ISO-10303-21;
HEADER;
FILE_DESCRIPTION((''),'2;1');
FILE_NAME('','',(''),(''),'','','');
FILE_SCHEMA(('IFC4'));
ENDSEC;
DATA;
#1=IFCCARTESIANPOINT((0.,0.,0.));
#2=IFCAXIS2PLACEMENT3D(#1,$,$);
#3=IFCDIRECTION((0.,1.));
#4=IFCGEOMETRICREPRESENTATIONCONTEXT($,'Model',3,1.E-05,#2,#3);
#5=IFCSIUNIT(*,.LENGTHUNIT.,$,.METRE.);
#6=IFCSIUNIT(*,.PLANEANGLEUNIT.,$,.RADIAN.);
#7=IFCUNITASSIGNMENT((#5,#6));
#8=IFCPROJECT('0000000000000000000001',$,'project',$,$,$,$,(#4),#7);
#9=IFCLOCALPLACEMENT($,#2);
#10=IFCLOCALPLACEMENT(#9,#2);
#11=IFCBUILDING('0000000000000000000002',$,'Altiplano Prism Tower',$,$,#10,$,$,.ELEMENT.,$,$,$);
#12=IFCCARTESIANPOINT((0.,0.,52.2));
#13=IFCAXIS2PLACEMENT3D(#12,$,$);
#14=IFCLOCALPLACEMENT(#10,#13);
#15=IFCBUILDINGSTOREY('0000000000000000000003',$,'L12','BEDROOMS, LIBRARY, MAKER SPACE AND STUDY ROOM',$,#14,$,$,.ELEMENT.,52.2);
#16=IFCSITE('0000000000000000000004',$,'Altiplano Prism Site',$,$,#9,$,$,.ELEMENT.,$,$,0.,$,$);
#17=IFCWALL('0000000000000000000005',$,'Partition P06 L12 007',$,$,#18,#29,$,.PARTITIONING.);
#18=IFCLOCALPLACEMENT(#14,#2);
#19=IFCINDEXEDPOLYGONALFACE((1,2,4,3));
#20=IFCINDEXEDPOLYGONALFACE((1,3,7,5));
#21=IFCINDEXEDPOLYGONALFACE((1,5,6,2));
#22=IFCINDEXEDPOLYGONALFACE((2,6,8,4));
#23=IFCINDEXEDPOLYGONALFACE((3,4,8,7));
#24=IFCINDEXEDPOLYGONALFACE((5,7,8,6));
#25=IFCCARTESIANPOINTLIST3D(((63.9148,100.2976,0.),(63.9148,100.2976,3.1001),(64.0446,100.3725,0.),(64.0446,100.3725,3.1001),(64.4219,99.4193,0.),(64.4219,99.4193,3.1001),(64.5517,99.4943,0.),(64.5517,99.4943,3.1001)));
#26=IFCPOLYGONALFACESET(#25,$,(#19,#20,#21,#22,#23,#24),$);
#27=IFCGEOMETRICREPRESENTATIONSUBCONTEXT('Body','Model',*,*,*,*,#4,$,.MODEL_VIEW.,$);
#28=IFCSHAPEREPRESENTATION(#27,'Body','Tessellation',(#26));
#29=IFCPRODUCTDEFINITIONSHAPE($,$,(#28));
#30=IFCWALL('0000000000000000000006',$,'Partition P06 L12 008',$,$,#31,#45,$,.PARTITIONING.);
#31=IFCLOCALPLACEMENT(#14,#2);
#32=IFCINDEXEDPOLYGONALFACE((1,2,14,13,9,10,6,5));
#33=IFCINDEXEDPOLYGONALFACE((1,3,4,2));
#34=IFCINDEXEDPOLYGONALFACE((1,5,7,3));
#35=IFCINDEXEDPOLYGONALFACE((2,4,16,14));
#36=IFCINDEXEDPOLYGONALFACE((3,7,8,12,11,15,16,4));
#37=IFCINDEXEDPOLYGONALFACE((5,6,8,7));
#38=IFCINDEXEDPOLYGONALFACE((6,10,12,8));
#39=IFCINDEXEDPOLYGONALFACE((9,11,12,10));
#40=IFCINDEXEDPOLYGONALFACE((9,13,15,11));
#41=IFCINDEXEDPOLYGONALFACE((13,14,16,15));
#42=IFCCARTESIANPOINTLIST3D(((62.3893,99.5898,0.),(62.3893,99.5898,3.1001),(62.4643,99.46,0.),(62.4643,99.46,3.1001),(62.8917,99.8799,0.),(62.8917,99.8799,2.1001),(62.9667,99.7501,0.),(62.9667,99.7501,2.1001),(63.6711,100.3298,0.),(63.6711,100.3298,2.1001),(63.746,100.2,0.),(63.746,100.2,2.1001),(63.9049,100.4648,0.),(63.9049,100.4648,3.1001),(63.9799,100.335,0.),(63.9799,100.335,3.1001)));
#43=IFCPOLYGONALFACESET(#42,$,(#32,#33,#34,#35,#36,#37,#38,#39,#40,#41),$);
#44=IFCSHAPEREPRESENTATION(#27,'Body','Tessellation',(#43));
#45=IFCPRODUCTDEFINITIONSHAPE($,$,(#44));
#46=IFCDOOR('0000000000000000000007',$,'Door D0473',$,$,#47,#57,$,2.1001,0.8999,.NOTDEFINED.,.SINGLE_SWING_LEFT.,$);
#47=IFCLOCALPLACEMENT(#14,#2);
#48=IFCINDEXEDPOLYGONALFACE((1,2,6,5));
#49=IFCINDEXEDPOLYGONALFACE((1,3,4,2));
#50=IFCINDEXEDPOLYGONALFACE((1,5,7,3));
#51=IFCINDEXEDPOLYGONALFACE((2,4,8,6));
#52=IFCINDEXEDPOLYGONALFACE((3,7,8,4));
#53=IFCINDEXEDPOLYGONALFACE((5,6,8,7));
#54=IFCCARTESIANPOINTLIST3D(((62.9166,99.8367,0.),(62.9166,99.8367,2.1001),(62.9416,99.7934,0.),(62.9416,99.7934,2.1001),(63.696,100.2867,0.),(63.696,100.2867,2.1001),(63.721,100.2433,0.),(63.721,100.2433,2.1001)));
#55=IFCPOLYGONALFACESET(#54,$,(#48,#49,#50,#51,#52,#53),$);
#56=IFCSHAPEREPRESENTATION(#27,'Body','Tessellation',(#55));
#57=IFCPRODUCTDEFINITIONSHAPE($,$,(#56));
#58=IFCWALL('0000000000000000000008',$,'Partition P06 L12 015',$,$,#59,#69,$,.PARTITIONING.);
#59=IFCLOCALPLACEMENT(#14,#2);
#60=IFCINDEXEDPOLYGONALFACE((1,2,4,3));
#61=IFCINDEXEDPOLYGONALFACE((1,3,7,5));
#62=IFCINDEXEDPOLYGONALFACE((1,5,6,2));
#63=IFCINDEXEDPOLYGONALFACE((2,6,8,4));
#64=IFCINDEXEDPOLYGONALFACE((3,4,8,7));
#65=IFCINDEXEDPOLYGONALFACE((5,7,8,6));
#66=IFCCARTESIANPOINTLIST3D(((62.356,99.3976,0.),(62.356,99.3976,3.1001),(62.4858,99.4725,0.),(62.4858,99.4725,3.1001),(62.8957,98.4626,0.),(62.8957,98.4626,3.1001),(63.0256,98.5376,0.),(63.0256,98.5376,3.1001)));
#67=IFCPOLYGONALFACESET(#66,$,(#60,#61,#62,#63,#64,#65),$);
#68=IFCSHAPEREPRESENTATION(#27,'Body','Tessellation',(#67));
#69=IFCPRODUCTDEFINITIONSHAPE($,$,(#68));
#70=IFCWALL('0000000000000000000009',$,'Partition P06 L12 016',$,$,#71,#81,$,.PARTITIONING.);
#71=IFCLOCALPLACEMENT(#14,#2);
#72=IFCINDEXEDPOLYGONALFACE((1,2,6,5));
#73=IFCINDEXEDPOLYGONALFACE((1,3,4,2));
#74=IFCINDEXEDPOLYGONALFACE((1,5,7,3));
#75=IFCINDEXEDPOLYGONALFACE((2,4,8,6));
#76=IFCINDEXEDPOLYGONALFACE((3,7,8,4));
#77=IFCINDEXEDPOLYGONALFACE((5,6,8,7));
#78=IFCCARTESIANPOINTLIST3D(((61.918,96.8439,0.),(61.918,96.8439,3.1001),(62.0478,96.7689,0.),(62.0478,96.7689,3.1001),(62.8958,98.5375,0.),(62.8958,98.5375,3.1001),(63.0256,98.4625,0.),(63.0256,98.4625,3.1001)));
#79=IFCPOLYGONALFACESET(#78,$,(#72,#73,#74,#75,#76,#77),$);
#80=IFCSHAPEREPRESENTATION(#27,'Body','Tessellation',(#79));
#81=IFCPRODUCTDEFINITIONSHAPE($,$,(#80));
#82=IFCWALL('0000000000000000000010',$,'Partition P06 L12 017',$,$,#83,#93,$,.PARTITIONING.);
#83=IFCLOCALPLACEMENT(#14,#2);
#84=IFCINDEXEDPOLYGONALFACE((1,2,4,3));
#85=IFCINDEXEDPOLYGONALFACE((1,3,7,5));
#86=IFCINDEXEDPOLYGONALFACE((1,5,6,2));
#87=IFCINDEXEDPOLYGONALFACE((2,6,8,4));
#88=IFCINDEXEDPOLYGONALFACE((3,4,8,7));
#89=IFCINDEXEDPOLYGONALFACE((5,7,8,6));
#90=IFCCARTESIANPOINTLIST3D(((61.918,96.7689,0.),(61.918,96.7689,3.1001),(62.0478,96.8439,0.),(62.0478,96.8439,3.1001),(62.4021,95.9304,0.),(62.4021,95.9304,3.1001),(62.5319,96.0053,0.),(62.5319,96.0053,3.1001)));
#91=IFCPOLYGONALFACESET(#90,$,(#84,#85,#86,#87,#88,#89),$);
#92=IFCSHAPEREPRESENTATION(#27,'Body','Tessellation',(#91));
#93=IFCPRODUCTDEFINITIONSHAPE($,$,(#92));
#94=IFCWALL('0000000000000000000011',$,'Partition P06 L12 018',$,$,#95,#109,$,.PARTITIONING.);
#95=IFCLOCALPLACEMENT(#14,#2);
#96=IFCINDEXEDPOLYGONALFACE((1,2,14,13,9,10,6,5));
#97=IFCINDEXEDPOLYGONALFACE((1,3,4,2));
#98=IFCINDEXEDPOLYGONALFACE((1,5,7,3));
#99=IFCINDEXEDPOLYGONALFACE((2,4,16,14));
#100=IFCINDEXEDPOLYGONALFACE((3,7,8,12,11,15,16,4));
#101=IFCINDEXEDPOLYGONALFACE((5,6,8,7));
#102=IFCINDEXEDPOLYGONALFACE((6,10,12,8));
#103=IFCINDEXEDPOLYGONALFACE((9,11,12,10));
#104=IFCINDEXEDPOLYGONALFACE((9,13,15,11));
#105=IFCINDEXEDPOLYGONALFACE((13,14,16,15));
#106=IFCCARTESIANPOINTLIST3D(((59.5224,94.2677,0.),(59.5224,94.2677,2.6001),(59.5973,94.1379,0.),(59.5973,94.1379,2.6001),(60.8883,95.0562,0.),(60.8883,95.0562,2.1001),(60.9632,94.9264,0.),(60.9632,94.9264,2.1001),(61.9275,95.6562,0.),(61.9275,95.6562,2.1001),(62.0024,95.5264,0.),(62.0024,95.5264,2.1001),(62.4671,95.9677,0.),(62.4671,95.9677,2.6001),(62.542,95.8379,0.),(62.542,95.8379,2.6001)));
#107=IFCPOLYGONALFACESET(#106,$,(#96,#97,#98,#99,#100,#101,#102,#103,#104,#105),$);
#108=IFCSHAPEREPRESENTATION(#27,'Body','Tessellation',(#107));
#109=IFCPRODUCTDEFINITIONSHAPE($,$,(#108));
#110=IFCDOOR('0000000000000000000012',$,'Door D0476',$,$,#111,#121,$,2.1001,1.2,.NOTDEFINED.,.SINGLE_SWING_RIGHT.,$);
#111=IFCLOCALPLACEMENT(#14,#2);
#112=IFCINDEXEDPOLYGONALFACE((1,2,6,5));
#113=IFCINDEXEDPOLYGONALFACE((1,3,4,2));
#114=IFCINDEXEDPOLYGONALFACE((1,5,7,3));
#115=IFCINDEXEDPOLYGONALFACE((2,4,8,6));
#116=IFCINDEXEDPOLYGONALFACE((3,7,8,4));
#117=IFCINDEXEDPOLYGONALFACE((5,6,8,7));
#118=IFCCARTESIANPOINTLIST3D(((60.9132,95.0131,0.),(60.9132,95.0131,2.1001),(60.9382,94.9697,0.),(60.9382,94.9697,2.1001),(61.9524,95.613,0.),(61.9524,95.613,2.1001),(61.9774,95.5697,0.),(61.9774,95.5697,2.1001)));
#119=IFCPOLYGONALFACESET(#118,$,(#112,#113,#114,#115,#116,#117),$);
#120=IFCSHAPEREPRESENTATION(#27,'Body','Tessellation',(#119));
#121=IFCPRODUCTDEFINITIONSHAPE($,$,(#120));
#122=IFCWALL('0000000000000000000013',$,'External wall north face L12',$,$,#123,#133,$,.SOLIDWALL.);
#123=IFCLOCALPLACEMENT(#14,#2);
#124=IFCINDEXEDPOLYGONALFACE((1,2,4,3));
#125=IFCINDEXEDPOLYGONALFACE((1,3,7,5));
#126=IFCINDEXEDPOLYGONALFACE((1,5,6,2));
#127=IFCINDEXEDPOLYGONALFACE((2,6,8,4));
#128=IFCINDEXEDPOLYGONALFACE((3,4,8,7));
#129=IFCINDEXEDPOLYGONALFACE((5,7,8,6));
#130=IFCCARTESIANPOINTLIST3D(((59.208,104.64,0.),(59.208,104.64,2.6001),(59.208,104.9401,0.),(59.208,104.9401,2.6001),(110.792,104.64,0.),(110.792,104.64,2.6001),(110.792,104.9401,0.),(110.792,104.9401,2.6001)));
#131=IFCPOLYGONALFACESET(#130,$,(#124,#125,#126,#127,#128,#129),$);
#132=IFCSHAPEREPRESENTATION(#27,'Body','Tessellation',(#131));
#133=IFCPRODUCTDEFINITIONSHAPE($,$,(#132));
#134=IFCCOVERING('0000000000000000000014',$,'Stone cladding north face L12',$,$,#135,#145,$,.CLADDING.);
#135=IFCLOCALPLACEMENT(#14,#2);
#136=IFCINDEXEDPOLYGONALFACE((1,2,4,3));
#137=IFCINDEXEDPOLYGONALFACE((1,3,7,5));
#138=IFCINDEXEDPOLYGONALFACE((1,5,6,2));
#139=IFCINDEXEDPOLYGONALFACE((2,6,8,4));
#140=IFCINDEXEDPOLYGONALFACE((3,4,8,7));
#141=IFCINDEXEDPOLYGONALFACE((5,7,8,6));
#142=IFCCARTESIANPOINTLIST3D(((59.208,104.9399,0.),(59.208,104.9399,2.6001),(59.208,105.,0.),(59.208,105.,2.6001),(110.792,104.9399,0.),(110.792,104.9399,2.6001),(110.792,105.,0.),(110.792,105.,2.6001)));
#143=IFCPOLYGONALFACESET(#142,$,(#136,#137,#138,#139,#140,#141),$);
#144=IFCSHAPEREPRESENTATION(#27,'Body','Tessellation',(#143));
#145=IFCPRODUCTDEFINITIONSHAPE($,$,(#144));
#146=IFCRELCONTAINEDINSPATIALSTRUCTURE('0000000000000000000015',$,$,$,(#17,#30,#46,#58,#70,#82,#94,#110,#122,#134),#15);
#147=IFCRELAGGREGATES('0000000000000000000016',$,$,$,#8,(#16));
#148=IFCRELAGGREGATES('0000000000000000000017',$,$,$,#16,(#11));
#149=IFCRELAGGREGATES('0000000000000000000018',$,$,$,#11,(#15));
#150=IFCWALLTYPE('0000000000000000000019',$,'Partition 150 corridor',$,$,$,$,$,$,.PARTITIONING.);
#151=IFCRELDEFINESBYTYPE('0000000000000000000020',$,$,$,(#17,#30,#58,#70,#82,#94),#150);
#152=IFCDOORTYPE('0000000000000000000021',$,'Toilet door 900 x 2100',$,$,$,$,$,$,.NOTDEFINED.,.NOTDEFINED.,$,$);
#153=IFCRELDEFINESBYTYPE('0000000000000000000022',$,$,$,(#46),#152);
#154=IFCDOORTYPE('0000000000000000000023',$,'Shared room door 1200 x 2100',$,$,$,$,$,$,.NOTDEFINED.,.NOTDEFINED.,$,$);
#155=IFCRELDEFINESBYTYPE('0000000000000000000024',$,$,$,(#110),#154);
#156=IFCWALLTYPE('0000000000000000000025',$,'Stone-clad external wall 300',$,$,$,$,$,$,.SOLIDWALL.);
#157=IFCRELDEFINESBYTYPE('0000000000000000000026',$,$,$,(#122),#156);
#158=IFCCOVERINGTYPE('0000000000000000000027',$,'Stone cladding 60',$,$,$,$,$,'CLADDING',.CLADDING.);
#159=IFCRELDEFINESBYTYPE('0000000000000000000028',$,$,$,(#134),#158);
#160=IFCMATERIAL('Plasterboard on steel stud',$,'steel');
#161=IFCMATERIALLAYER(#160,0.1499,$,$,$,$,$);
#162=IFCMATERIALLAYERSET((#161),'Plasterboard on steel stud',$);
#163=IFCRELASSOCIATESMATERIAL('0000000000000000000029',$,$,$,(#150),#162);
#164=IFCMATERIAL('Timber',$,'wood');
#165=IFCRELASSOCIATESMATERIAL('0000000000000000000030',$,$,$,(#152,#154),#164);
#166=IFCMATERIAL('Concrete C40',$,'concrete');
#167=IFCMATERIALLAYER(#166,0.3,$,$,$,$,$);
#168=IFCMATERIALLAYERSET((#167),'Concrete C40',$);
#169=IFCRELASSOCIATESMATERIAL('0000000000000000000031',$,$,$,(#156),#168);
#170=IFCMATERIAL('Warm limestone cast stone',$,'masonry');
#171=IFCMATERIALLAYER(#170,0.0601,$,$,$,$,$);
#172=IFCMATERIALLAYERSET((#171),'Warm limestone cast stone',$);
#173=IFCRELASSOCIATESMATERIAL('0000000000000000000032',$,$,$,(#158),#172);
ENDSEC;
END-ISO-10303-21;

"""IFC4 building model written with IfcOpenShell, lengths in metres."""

from ifc_helpers import new_model, si_unit, direction, frame, frame_2d, origin, place, context, subcontext, project, spatial, rectangle, extrude, material, layer, layer_set, type_object, element, fill, save


model = new_model("IFC4")

# Units and contexts
model_context = context("Model", 3, precision=1e-05, world=origin(), true_north=direction((0.0, 1.0)))
body_context = subcontext(model_context, "Body", "Model", "MODEL_VIEW")
ifc_project = project(units=[si_unit("LENGTHUNIT", "METRE"), si_unit("PLANEANGLEUNIT", "RADIAN")], contexts=[model_context])

# Site, building, storey
site_placement = place(None, origin())
site = spatial("IfcSite", under=ifc_project, at=site_placement, Name="Altiplano Prism Site", CompositionType="ELEMENT", RefElevation=0.0)
building_placement = place(site_placement, origin())
building = spatial("IfcBuilding", under=site, at=building_placement, Name="Altiplano Prism Tower", CompositionType="ELEMENT")
storey_placement = place(building_placement, frame((0.0, 0.0, 52.2)))
storey = spatial("IfcBuildingStorey", under=building, at=storey_placement, Name="L12", Description="BEDROOMS, LIBRARY, MAKER SPACE AND STUDY ROOM", CompositionType="ELEMENT", Elevation=52.2)

# Wall
ifc_material_1 = material(Name="Plasterboard on steel stud", Category="steel")
ifc_layer_1 = layer(ifc_material_1, 0.1499)
ifc_layer_set_1 = layer_set([ifc_layer_1], Name="Plasterboard on steel stud")
wall_type_1 = type_object("IfcWallType", Name="Partition 150 corridor", PredefinedType="PARTITIONING", material=ifc_layer_set_1)
wall_1_placement = place(storey_placement, frame((64.4868, 99.4568, 0.0), z_axis=(0.0, 0.0, 1.0), x_axis=(-0.500049, 0.865997, 0.0)))
element("IfcWall", 1, at=wall_1_placement, inside=storey, type_object=wall_type_1, Name="Partition P06 L12 007", PredefinedType="PARTITIONING", context=body_context, shape_type="SweptSolid", body=[
    extrude(rectangle(XDim=1.0142, YDim=0.1499, at=frame_2d((0.5071, 0.0))), origin(), (0.0, 0.0, 1.0), 3.1001),
])

# Wall, opening, door
wall_2_placement = place(storey_placement, frame((63.9424, 100.3999, 0.0), z_axis=(0.0, 0.0, 1.0), x_axis=(-0.866037, -0.49998, 0.0)))
wall_2 = element("IfcWall", 2, at=wall_2_placement, inside=storey, type_object=wall_type_1, Name="Partition P06 L12 008", PredefinedType="PARTITIONING", context=body_context, shape_type="SweptSolid", body=[
    extrude(rectangle(XDim=1.75, YDim=0.1499, at=frame_2d((0.875, 0.0))), origin(), (0.0, 0.0, 1.0), 3.1001),
])
opening_1_placement = place(wall_2_placement, frame((0.27, 0.0, 0.0)))
opening_1 = element("IfcOpeningElement", 3, at=opening_1_placement, cuts=wall_2, PredefinedType="OPENING", context=body_context, shape_type="SweptSolid", body=[
    extrude(rectangle(XDim=0.8999, YDim=2.1001, at=frame_2d((0.45, 1.05))), frame((0.0, 0.0854, 0.0), z_axis=(0.0, -1.0, 0.0), x_axis=(1.0, 0.0, 0.0)), (0.0, 0.0, 1.0), 0.1709),
])
ifc_material_2 = material(Name="Timber", Category="wood")
door_type_1 = type_object("IfcDoorType", Name="Toilet door 900 x 2100", OperationType="NOTDEFINED", PredefinedType="NOTDEFINED", material=ifc_material_2)
door_1_placement = place(opening_1_placement, origin())
door_1 = element("IfcDoor", 4, at=door_1_placement, inside=storey, type_object=door_type_1, Name="Door D0473", OperationType="SINGLE_SWING_LEFT", OverallHeight=2.1001, OverallWidth=0.8999, PredefinedType="NOTDEFINED", context=body_context, shape_type="SweptSolid", body=[
    extrude(rectangle(XDim=0.8999, YDim=2.1001, at=frame_2d((0.45, 1.05))), frame((0.0, 0.0249, 0.0), z_axis=(0.0, -1.0, 0.0), x_axis=(1.0, 0.0, 0.0)), (0.0, 0.0, 1.0), 0.05),
])
fill(opening_1, door_1)

# Walls
wall_3_placement = place(storey_placement, frame((62.4209, 99.4351, 0.0), z_axis=(0.0, 0.0, 1.0), x_axis=(0.499957, -0.86605, 0.0)))
element("IfcWall", 5, at=wall_3_placement, inside=storey, type_object=wall_type_1, Name="Partition P06 L12 015", PredefinedType="PARTITIONING", context=body_context, shape_type="SweptSolid", body=[
    extrude(rectangle(XDim=1.0796, YDim=0.1499, at=frame_2d((0.5398, 0.0))), origin(), (0.0, 0.0, 1.0), 3.1001),
])
wall_4_placement = place(storey_placement, frame((62.9607, 98.5, 0.0), z_axis=(0.0, 0.0, 1.0), x_axis=(-0.499993, -0.86603, 0.0)))
element("IfcWall", 6, at=wall_4_placement, inside=storey, type_object=wall_type_1, Name="Partition P06 L12 016", PredefinedType="PARTITIONING", context=body_context, shape_type="SweptSolid", body=[
    extrude(rectangle(XDim=1.9556, YDim=0.1499, at=frame_2d((0.9778, 0.0))), origin(), (0.0, 0.0, 1.0), 3.1001),
])
wall_5_placement = place(storey_placement, frame((61.9829, 96.8064, 0.0), z_axis=(0.0, 0.0, 1.0), x_axis=(0.499963, -0.866047, 0.0)))
element("IfcWall", 7, at=wall_5_placement, inside=storey, type_object=wall_type_1, Name="Partition P06 L12 017", PredefinedType="PARTITIONING", context=body_context, shape_type="SweptSolid", body=[
    extrude(rectangle(XDim=0.9683, YDim=0.1499, at=frame_2d((0.4841, 0.0))), origin(), (0.0, 0.0, 1.0), 3.1001),
])

# Wall, opening, door
wall_6_placement = place(storey_placement, frame((62.5046, 95.9028, 0.0), z_axis=(0.0, 0.0, 1.0), x_axis=(-0.866039, -0.499977, 0.0)))
wall_6 = element("IfcWall", 8, at=wall_6_placement, inside=storey, type_object=wall_type_1, Name="Partition P06 L12 018", PredefinedType="PARTITIONING", context=body_context, shape_type="SweptSolid", body=[
    extrude(rectangle(XDim=3.4001, YDim=0.1499, at=frame_2d((1.7002, 0.0))), origin(), (0.0, 0.0, 1.0), 2.6001),
])
opening_2_placement = place(wall_6_placement, frame((0.623, 0.0, 0.0)))
opening_2 = element("IfcOpeningElement", 9, at=opening_2_placement, cuts=wall_6, PredefinedType="OPENING", context=body_context, shape_type="SweptSolid", body=[
    extrude(rectangle(XDim=1.2, YDim=2.1001, at=frame_2d((0.6001, 1.05))), frame((0.0, 0.0854, 0.0), z_axis=(0.0, -1.0, 0.0), x_axis=(1.0, 0.0, 0.0)), (0.0, 0.0, 1.0), 0.1709),
])
door_type_2 = type_object("IfcDoorType", Name="Shared room door 1200 x 2100", OperationType="NOTDEFINED", PredefinedType="NOTDEFINED", material=ifc_material_2)
door_2_placement = place(opening_2_placement, origin())
door_2 = element("IfcDoor", 10, at=door_2_placement, inside=storey, type_object=door_type_2, Name="Door D0476", OperationType="SINGLE_SWING_RIGHT", OverallHeight=2.1001, OverallWidth=1.2, PredefinedType="NOTDEFINED", context=body_context, shape_type="SweptSolid", body=[
    extrude(rectangle(XDim=1.2, YDim=2.1001, at=frame_2d((0.6001, 1.05))), frame((0.0, 0.0249, 0.0), z_axis=(0.0, -1.0, 0.0), x_axis=(1.0, 0.0, 0.0)), (0.0, 0.0, 1.0), 0.05),
])
fill(opening_2, door_2)

# Wall
ifc_material_3 = material(Name="Concrete C40", Category="concrete")
ifc_layer_2 = layer(ifc_material_3, 0.3)
ifc_layer_set_2 = layer_set([ifc_layer_2], Name="Concrete C40")
wall_type_2 = type_object("IfcWallType", Name="Stone-clad external wall 300", PredefinedType="SOLIDWALL", material=ifc_layer_set_2)
wall_7_placement = place(storey_placement, frame((59.208, 104.79, 0.0), z_axis=(0.0, 0.0, 1.0), x_axis=(1.0, 0.0, 0.0)))
element("IfcWall", 11, at=wall_7_placement, inside=storey, type_object=wall_type_2, Name="External wall north face L12", PredefinedType="SOLIDWALL", context=body_context, shape_type="SweptSolid", body=[
    extrude(rectangle(XDim=51.584, YDim=0.3, at=frame_2d((25.792, 0.0))), origin(), (0.0, 0.0, 1.0), 2.6001),
])

# Covering
ifc_material_4 = material(Name="Warm limestone cast stone", Category="masonry")
ifc_layer_3 = layer(ifc_material_4, 0.0601)
ifc_layer_set_3 = layer_set([ifc_layer_3], Name="Warm limestone cast stone")
covering_type = type_object("IfcCoveringType", Name="Stone cladding 60", ElementType="CLADDING", PredefinedType="CLADDING", material=ifc_layer_set_3)
covering_placement = place(storey_placement, frame((59.208, 104.97, 0.0), z_axis=(0.0, 0.0, 1.0), x_axis=(1.0, 0.0, 0.0)))
element("IfcCovering", 12, at=covering_placement, inside=storey, type_object=covering_type, Name="Stone cladding north face L12", PredefinedType="CLADDING", context=body_context, shape_type="SweptSolid", body=[
    extrude(rectangle(XDim=51.584, YDim=0.0601, at=frame_2d((25.792, 0.0))), origin(), (0.0, 0.0, 1.0), 2.6001),
])

save(model, "model.ifc")
